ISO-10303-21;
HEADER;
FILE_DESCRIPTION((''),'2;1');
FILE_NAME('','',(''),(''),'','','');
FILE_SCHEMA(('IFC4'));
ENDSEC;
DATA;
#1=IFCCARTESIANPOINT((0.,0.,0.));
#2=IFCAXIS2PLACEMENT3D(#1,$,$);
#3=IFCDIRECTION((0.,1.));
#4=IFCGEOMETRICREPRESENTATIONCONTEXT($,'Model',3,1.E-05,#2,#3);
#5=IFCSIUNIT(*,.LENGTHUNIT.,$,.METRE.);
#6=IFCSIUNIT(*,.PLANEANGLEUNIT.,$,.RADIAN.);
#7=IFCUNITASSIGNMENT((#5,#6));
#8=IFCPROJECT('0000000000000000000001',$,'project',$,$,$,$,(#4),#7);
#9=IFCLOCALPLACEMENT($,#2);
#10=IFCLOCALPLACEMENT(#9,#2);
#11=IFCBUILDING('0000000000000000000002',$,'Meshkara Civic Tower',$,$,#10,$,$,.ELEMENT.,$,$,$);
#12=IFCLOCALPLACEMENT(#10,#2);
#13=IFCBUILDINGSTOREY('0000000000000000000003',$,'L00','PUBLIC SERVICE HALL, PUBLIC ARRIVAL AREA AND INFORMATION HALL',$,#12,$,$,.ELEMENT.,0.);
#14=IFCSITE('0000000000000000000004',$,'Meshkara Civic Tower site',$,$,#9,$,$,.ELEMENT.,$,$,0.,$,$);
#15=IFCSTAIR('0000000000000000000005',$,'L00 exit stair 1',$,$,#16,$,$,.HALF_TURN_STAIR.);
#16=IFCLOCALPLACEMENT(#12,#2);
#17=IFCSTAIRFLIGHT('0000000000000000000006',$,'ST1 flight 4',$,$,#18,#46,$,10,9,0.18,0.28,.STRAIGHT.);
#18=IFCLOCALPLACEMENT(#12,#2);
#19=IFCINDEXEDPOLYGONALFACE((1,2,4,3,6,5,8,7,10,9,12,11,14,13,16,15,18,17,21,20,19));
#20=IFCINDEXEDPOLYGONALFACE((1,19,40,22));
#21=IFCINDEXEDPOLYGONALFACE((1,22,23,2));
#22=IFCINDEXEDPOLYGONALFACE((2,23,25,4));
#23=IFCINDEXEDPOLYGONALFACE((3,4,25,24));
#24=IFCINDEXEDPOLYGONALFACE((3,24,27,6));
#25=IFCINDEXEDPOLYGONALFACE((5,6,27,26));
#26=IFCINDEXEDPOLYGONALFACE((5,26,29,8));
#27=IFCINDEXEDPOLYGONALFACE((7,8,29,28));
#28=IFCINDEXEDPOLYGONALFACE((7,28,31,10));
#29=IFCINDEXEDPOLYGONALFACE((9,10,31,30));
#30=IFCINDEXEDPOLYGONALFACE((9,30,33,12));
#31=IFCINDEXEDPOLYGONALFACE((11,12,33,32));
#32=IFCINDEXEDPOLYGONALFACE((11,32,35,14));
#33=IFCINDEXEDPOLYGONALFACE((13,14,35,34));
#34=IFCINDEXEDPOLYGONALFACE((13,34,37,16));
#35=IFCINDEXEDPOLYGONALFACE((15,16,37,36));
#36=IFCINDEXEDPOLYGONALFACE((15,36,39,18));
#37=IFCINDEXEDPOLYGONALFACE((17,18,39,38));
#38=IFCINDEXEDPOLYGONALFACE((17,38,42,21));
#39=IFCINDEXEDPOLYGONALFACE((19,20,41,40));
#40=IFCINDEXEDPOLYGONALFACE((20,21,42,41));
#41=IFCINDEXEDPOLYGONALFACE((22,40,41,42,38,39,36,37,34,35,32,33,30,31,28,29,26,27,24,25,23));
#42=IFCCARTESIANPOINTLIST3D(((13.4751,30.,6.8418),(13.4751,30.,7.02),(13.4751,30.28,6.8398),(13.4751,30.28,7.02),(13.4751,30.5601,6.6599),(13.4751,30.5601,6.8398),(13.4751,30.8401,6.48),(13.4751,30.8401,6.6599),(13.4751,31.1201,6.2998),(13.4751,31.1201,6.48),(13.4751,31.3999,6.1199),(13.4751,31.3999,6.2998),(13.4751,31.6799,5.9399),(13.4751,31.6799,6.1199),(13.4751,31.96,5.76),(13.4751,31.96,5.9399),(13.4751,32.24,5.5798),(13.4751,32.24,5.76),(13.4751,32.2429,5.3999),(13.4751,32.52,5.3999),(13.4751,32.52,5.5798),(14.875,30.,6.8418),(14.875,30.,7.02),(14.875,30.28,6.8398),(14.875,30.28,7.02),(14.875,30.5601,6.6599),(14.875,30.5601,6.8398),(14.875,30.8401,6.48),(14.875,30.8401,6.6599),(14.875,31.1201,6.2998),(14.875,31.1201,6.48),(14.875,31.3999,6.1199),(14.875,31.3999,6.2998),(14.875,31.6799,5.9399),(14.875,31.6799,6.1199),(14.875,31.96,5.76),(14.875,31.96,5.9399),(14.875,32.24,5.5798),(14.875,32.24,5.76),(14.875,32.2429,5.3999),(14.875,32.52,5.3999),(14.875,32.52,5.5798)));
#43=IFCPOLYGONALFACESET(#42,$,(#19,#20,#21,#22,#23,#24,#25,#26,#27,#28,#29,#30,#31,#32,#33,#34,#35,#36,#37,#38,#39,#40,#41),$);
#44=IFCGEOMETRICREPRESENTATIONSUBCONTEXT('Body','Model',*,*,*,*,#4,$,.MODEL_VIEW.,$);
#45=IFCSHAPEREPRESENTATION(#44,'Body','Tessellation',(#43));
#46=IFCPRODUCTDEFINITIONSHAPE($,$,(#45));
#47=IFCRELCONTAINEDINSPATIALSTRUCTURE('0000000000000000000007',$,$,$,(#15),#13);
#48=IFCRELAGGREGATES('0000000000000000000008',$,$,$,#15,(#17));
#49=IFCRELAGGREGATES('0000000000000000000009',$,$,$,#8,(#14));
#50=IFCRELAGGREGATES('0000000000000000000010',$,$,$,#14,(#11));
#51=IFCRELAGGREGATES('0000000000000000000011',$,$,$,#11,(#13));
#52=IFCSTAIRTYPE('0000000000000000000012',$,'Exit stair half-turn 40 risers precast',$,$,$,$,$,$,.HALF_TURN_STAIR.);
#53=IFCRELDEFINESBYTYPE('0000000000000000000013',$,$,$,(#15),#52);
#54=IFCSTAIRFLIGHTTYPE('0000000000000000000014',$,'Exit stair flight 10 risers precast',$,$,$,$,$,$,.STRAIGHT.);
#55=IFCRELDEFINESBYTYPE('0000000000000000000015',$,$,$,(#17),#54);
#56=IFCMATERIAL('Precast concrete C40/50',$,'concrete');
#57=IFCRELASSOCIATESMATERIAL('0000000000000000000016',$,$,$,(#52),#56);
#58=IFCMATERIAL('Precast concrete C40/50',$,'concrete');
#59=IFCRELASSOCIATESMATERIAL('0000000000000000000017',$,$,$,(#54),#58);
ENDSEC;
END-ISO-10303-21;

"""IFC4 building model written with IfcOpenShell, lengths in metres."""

from ifc_helpers import new_model, si_unit, direction, frame, origin, place, context, subcontext, project, spatial, polyline, outline, extrude, material, type_object, element, aggregate, save


model = new_model("IFC4")

# Units and contexts
model_context = context("Model", 3, precision=1e-05, world=origin(), true_north=direction((0.0, 1.0)))
body_context = subcontext(model_context, "Body", "Model", "MODEL_VIEW")
ifc_project = project(units=[si_unit("LENGTHUNIT", "METRE"), si_unit("PLANEANGLEUNIT", "RADIAN")], contexts=[model_context])

# Site, building, storey
site_placement = place(None, origin())
site = spatial("IfcSite", under=ifc_project, at=site_placement, Name="Meshkara Civic Tower site", CompositionType="ELEMENT", RefElevation=0.0)
building_placement = place(site_placement, origin())
building = spatial("IfcBuilding", under=site, at=building_placement, Name="Meshkara Civic Tower", CompositionType="ELEMENT")
storey_placement = place(building_placement, origin())
storey = spatial("IfcBuildingStorey", under=building, at=storey_placement, Name="L00", Description="PUBLIC SERVICE HALL, PUBLIC ARRIVAL AREA AND INFORMATION HALL", CompositionType="ELEMENT", Elevation=0.0)

# Stair, stair flight
ifc_material_1 = material(Name="Precast concrete C40/50", Category="concrete")
stair_type = type_object("IfcStairType", Name="Exit stair half-turn 40 risers precast", PredefinedType="HALF_TURN_STAIR", material=ifc_material_1)
stair_placement = place(storey_placement, origin())
stair = element("IfcStair", 1, at=stair_placement, inside=storey, type_object=stair_type, Name="L00 exit stair 1", PredefinedType="HALF_TURN_STAIR")
ifc_material_2 = material(Name="Precast concrete C40/50", Category="concrete")
stair_flight_type = type_object("IfcStairFlightType", Name="Exit stair flight 10 risers precast", PredefinedType="STRAIGHT", material=ifc_material_2)
stair_flight_1_placement = place(storey_placement, frame((14.175, 32.52, 5.3999), z_axis=(0.0, 0.0, 1.0), x_axis=(0.0, -1.0, 0.0)))
stair_flight_1 = element("IfcStairFlight", 2, at=stair_flight_1_placement, type_object=stair_flight_type, Name="ST1 flight 4", NumberOfRisers=10, NumberOfTreads=9, PredefinedType="STRAIGHT", RiserHeight=0.18, TreadLength=0.28, context=body_context, shape_type="SweptSolid", body=[
    extrude(outline(polyline([(0.0, 0.0), (0.0, 0.1799), (0.28, 0.1799), (0.28, 0.3601), (0.5601, 0.3601), (0.5601, 0.54), (0.8401, 0.54), (0.8401, 0.72), (1.1201, 0.72), (1.1201, 0.8999), (1.3999, 0.8999), (1.3999, 1.0801), (1.6799, 1.0801), (1.6799, 1.26), (1.96, 1.26), (1.96, 1.4399), (2.24, 1.4399), (2.24, 1.6201), (2.52, 1.6201), (2.52, 1.8), (2.52, 1.4419), (0.2771, 0.0), (0.0, 0.0)])), frame((0.0, 0.7, 0.0), z_axis=(0.0, -1.0, 0.0), x_axis=(1.0, 0.0, 0.0)), (0.0, 0.0, 1.0), 1.3999),
])
aggregate(stair, [stair_flight_1])

save(model, "model.ifc")
